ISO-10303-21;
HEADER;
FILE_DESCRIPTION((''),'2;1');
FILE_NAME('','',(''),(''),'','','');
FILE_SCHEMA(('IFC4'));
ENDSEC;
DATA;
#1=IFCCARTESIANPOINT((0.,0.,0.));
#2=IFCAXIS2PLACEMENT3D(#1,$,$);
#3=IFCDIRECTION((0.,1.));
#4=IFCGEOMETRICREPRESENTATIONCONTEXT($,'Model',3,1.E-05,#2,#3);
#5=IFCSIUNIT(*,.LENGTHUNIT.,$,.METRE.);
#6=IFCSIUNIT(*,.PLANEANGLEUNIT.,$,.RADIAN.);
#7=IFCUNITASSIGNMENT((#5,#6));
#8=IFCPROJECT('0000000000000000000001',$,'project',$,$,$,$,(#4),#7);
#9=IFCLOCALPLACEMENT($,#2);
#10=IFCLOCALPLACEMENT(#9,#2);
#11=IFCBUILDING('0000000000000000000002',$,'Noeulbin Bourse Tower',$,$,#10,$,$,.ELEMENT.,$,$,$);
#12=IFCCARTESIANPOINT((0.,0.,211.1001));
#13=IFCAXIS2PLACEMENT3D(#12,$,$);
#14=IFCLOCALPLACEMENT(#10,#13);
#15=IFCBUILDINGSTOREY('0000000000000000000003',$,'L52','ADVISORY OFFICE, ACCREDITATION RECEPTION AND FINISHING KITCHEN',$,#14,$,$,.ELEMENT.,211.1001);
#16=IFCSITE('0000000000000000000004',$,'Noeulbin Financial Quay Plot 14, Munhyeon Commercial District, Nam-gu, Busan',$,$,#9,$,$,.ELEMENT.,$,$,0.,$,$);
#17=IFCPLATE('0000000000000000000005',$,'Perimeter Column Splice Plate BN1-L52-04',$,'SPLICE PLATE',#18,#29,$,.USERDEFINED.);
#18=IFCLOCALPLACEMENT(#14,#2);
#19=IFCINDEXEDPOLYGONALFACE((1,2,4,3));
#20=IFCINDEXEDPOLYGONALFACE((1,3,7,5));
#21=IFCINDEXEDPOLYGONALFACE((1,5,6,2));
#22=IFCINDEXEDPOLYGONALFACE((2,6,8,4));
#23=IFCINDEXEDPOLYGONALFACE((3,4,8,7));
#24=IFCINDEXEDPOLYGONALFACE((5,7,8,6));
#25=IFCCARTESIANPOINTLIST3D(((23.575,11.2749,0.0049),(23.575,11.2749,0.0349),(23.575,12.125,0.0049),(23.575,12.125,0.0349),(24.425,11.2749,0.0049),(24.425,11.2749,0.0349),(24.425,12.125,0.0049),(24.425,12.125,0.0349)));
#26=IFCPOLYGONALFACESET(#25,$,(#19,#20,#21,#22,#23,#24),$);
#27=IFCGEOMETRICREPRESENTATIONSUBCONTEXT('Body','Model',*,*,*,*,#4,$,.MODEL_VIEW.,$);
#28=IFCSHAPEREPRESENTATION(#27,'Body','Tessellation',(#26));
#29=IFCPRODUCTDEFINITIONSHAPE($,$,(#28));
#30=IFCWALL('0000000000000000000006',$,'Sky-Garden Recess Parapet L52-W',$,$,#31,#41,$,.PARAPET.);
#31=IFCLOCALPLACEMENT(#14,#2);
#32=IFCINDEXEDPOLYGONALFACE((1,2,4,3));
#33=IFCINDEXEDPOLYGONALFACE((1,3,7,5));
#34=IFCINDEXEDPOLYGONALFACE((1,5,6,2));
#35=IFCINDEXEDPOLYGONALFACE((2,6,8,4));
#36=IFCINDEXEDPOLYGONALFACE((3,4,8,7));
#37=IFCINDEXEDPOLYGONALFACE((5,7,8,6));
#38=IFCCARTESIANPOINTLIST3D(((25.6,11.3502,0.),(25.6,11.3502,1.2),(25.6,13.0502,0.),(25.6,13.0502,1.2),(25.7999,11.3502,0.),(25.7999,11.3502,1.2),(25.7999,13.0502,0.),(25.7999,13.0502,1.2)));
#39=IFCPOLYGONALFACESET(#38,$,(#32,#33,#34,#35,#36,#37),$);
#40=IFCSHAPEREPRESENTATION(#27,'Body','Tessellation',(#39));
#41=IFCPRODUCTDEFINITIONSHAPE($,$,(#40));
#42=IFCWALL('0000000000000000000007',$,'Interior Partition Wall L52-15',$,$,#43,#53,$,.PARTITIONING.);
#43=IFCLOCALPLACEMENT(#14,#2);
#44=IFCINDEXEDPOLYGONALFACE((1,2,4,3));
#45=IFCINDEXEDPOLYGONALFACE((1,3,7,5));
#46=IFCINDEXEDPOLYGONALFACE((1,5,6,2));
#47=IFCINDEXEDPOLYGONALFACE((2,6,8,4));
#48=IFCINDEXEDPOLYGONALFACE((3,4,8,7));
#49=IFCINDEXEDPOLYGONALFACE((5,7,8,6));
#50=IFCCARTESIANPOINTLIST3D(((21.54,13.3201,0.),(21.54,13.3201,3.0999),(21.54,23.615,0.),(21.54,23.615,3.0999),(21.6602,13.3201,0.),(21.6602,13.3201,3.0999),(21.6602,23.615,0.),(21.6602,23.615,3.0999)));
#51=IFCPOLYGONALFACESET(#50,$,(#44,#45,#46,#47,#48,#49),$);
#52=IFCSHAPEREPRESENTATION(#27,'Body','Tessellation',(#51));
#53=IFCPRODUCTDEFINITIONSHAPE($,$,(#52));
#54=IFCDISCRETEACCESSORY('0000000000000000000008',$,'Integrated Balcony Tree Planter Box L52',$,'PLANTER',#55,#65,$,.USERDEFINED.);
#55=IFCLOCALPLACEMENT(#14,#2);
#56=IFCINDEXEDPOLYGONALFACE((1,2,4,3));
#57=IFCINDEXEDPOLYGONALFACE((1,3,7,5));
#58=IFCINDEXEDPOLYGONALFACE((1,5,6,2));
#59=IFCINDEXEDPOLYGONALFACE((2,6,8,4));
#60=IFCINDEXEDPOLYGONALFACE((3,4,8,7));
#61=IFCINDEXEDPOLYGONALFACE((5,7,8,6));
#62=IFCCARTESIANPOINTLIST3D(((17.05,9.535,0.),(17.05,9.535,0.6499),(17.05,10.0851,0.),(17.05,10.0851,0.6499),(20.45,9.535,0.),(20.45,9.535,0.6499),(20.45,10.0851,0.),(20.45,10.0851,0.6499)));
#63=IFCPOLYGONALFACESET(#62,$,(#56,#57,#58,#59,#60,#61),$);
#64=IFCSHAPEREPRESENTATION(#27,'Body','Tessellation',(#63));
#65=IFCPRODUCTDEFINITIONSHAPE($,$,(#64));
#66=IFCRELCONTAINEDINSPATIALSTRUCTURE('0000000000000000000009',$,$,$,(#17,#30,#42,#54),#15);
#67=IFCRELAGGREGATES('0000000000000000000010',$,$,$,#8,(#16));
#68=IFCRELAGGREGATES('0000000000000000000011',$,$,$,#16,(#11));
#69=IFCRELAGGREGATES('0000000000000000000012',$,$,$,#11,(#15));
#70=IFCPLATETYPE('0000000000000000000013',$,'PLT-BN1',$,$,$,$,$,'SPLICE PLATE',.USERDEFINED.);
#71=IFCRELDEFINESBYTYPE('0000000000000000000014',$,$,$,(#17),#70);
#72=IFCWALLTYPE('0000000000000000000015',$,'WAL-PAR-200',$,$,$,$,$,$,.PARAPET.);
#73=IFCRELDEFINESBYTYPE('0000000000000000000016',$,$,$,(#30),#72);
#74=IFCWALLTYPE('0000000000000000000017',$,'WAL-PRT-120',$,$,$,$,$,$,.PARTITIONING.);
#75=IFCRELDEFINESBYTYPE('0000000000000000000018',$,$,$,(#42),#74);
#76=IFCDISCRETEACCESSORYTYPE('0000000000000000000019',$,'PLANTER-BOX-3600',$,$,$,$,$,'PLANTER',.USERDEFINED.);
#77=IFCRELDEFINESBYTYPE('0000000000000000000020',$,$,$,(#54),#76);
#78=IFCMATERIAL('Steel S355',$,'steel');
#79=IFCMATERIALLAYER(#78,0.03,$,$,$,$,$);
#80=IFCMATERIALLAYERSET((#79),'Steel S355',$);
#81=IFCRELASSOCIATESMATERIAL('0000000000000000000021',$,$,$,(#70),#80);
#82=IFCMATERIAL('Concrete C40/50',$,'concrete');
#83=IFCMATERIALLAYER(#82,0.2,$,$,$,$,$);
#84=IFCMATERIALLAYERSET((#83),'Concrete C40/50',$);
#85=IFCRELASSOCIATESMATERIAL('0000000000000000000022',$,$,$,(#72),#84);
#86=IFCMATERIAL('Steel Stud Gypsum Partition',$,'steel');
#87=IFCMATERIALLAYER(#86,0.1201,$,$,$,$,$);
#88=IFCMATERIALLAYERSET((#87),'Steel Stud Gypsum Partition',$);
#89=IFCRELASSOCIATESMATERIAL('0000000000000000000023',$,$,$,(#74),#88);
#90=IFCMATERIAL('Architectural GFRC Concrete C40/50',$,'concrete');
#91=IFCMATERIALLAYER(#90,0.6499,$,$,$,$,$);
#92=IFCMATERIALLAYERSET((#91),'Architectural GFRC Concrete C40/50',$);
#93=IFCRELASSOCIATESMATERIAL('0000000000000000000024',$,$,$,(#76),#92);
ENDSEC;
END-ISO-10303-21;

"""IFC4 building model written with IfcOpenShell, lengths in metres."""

from ifc_helpers import new_model, si_unit, direction, frame, frame_2d, origin, origin_2d, place, context, subcontext, project, spatial, rectangle, extrude, material, layer, layer_set, type_object, element, save


model = new_model("IFC4")

# Units and contexts
model_context = context("Model", 3, precision=1e-05, world=origin(), true_north=direction((0.0, 1.0)))
body_context = subcontext(model_context, "Body", "Model", "MODEL_VIEW")
ifc_project = project(units=[si_unit("LENGTHUNIT", "METRE"), si_unit("PLANEANGLEUNIT", "RADIAN")], contexts=[model_context])

# Site, building, storey
site_placement = place(None, origin())
site = spatial("IfcSite", under=ifc_project, at=site_placement, Name="Noeulbin Financial Quay Plot 14, Munhyeon Commercial District, Nam-gu, Busan", CompositionType="ELEMENT", RefElevation=0.0)
building_placement = place(site_placement, origin())
building = spatial("IfcBuilding", under=site, at=building_placement, Name="Noeulbin Bourse Tower", CompositionType="ELEMENT")
storey_placement = place(building_placement, frame((0.0, 0.0, 211.1001)))
storey = spatial("IfcBuildingStorey", under=building, at=storey_placement, Name="L52", Description="ADVISORY OFFICE, ACCREDITATION RECEPTION AND FINISHING KITCHEN", CompositionType="ELEMENT", Elevation=211.1001)

# Shared definitions
ifc_material_1 = material(Name="Steel S355", Category="steel")

# Plate
ifc_layer_1 = layer(ifc_material_1, 0.03)
ifc_layer_set_1 = layer_set([ifc_layer_1], Name="Steel S355")
plate_type_1 = type_object("IfcPlateType", Name="PLT-BN1", ElementType="SPLICE PLATE", PredefinedType="USERDEFINED", material=ifc_layer_set_1)
for number, where, z_axis, x_axis, name in (
    (1, (24.0, 11.7, 0.0049), (0.0, 0.0, 1.0), (1.0, 0.0, 0.0), "Perimeter Column Splice Plate BN1-L52-04"),
):
    element("IfcPlate", number, at=place(storey_placement, frame(where, z_axis=z_axis, x_axis=x_axis)), inside=storey, type_object=plate_type_1, Name=name, ObjectType="SPLICE PLATE", PredefinedType="USERDEFINED", context=body_context, shape_type="SweptSolid", body=[
        extrude(rectangle(XDim=0.8501, YDim=0.8501, at=origin_2d()), origin(), (0.0, 0.0, 1.0), 0.03),
    ])

# Walls
ifc_material_2 = material(Name="Concrete C40/50", Category="concrete")
ifc_layer_2 = layer(ifc_material_2, 0.2)
ifc_layer_set_2 = layer_set([ifc_layer_2], Name="Concrete C40/50")
wall_type_1 = type_object("IfcWallType", Name="WAL-PAR-200", PredefinedType="PARAPET", material=ifc_layer_set_2)
wall_1_placement = place(storey_placement, frame((25.7, 11.3501, 0.0), z_axis=(0.0, 0.0, 1.0), x_axis=(0.0, 1.0, 0.0)))
element("IfcWall", 2, at=wall_1_placement, inside=storey, type_object=wall_type_1, Name="Sky-Garden Recess Parapet L52-W", PredefinedType="PARAPET", context=body_context, shape_type="SweptSolid", body=[
    extrude(rectangle(XDim=1.7, YDim=0.2, at=frame_2d((0.8501, 0.0))), origin(), (0.0, 0.0, 1.0), 1.2),
])
ifc_material_3 = material(Name="Steel Stud Gypsum Partition", Category="steel")
ifc_layer_3 = layer(ifc_material_3, 0.1201)
ifc_layer_set_3 = layer_set([ifc_layer_3], Name="Steel Stud Gypsum Partition")
wall_type_2 = type_object("IfcWallType", Name="WAL-PRT-120", PredefinedType="PARTITIONING", material=ifc_layer_set_3)
wall_2_placement = place(storey_placement, frame((21.6001, 13.3201, 0.0), z_axis=(0.0, 0.0, 1.0), x_axis=(0.0, 1.0, 0.0)))
element("IfcWall", 3, at=wall_2_placement, inside=storey, type_object=wall_type_2, Name="Interior Partition Wall L52-15", PredefinedType="PARTITIONING", context=body_context, shape_type="SweptSolid", body=[
    extrude(rectangle(XDim=10.2949, YDim=0.1201, at=frame_2d((5.1475, 0.0))), origin(), (0.0, 0.0, 1.0), 3.0999),
])

# Discrete accessory
ifc_material_4 = material(Name="Architectural GFRC Concrete C40/50", Category="concrete")
ifc_layer_4 = layer(ifc_material_4, 0.6499)
ifc_layer_set_4 = layer_set([ifc_layer_4], Name="Architectural GFRC Concrete C40/50")
discrete_accessory_type = type_object("IfcDiscreteAccessoryType", Name="PLANTER-BOX-3600", ElementType="PLANTER", PredefinedType="USERDEFINED", material=ifc_layer_set_4)
discrete_accessory_placement = place(storey_placement, frame((18.75, 9.8101, 0.0), z_axis=(0.0, 0.0, 1.0), x_axis=(1.0, 0.0, 0.0)))
element("IfcDiscreteAccessory", 4, at=discrete_accessory_placement, inside=storey, type_object=discrete_accessory_type, Name="Integrated Balcony Tree Planter Box L52", ObjectType="PLANTER", PredefinedType="USERDEFINED", context=body_context, shape_type="SweptSolid", body=[
    extrude(rectangle(XDim=3.3999, YDim=0.55, at=origin_2d()), origin(), (0.0, 0.0, 1.0), 0.6499),
])

save(model, "model.ifc")
